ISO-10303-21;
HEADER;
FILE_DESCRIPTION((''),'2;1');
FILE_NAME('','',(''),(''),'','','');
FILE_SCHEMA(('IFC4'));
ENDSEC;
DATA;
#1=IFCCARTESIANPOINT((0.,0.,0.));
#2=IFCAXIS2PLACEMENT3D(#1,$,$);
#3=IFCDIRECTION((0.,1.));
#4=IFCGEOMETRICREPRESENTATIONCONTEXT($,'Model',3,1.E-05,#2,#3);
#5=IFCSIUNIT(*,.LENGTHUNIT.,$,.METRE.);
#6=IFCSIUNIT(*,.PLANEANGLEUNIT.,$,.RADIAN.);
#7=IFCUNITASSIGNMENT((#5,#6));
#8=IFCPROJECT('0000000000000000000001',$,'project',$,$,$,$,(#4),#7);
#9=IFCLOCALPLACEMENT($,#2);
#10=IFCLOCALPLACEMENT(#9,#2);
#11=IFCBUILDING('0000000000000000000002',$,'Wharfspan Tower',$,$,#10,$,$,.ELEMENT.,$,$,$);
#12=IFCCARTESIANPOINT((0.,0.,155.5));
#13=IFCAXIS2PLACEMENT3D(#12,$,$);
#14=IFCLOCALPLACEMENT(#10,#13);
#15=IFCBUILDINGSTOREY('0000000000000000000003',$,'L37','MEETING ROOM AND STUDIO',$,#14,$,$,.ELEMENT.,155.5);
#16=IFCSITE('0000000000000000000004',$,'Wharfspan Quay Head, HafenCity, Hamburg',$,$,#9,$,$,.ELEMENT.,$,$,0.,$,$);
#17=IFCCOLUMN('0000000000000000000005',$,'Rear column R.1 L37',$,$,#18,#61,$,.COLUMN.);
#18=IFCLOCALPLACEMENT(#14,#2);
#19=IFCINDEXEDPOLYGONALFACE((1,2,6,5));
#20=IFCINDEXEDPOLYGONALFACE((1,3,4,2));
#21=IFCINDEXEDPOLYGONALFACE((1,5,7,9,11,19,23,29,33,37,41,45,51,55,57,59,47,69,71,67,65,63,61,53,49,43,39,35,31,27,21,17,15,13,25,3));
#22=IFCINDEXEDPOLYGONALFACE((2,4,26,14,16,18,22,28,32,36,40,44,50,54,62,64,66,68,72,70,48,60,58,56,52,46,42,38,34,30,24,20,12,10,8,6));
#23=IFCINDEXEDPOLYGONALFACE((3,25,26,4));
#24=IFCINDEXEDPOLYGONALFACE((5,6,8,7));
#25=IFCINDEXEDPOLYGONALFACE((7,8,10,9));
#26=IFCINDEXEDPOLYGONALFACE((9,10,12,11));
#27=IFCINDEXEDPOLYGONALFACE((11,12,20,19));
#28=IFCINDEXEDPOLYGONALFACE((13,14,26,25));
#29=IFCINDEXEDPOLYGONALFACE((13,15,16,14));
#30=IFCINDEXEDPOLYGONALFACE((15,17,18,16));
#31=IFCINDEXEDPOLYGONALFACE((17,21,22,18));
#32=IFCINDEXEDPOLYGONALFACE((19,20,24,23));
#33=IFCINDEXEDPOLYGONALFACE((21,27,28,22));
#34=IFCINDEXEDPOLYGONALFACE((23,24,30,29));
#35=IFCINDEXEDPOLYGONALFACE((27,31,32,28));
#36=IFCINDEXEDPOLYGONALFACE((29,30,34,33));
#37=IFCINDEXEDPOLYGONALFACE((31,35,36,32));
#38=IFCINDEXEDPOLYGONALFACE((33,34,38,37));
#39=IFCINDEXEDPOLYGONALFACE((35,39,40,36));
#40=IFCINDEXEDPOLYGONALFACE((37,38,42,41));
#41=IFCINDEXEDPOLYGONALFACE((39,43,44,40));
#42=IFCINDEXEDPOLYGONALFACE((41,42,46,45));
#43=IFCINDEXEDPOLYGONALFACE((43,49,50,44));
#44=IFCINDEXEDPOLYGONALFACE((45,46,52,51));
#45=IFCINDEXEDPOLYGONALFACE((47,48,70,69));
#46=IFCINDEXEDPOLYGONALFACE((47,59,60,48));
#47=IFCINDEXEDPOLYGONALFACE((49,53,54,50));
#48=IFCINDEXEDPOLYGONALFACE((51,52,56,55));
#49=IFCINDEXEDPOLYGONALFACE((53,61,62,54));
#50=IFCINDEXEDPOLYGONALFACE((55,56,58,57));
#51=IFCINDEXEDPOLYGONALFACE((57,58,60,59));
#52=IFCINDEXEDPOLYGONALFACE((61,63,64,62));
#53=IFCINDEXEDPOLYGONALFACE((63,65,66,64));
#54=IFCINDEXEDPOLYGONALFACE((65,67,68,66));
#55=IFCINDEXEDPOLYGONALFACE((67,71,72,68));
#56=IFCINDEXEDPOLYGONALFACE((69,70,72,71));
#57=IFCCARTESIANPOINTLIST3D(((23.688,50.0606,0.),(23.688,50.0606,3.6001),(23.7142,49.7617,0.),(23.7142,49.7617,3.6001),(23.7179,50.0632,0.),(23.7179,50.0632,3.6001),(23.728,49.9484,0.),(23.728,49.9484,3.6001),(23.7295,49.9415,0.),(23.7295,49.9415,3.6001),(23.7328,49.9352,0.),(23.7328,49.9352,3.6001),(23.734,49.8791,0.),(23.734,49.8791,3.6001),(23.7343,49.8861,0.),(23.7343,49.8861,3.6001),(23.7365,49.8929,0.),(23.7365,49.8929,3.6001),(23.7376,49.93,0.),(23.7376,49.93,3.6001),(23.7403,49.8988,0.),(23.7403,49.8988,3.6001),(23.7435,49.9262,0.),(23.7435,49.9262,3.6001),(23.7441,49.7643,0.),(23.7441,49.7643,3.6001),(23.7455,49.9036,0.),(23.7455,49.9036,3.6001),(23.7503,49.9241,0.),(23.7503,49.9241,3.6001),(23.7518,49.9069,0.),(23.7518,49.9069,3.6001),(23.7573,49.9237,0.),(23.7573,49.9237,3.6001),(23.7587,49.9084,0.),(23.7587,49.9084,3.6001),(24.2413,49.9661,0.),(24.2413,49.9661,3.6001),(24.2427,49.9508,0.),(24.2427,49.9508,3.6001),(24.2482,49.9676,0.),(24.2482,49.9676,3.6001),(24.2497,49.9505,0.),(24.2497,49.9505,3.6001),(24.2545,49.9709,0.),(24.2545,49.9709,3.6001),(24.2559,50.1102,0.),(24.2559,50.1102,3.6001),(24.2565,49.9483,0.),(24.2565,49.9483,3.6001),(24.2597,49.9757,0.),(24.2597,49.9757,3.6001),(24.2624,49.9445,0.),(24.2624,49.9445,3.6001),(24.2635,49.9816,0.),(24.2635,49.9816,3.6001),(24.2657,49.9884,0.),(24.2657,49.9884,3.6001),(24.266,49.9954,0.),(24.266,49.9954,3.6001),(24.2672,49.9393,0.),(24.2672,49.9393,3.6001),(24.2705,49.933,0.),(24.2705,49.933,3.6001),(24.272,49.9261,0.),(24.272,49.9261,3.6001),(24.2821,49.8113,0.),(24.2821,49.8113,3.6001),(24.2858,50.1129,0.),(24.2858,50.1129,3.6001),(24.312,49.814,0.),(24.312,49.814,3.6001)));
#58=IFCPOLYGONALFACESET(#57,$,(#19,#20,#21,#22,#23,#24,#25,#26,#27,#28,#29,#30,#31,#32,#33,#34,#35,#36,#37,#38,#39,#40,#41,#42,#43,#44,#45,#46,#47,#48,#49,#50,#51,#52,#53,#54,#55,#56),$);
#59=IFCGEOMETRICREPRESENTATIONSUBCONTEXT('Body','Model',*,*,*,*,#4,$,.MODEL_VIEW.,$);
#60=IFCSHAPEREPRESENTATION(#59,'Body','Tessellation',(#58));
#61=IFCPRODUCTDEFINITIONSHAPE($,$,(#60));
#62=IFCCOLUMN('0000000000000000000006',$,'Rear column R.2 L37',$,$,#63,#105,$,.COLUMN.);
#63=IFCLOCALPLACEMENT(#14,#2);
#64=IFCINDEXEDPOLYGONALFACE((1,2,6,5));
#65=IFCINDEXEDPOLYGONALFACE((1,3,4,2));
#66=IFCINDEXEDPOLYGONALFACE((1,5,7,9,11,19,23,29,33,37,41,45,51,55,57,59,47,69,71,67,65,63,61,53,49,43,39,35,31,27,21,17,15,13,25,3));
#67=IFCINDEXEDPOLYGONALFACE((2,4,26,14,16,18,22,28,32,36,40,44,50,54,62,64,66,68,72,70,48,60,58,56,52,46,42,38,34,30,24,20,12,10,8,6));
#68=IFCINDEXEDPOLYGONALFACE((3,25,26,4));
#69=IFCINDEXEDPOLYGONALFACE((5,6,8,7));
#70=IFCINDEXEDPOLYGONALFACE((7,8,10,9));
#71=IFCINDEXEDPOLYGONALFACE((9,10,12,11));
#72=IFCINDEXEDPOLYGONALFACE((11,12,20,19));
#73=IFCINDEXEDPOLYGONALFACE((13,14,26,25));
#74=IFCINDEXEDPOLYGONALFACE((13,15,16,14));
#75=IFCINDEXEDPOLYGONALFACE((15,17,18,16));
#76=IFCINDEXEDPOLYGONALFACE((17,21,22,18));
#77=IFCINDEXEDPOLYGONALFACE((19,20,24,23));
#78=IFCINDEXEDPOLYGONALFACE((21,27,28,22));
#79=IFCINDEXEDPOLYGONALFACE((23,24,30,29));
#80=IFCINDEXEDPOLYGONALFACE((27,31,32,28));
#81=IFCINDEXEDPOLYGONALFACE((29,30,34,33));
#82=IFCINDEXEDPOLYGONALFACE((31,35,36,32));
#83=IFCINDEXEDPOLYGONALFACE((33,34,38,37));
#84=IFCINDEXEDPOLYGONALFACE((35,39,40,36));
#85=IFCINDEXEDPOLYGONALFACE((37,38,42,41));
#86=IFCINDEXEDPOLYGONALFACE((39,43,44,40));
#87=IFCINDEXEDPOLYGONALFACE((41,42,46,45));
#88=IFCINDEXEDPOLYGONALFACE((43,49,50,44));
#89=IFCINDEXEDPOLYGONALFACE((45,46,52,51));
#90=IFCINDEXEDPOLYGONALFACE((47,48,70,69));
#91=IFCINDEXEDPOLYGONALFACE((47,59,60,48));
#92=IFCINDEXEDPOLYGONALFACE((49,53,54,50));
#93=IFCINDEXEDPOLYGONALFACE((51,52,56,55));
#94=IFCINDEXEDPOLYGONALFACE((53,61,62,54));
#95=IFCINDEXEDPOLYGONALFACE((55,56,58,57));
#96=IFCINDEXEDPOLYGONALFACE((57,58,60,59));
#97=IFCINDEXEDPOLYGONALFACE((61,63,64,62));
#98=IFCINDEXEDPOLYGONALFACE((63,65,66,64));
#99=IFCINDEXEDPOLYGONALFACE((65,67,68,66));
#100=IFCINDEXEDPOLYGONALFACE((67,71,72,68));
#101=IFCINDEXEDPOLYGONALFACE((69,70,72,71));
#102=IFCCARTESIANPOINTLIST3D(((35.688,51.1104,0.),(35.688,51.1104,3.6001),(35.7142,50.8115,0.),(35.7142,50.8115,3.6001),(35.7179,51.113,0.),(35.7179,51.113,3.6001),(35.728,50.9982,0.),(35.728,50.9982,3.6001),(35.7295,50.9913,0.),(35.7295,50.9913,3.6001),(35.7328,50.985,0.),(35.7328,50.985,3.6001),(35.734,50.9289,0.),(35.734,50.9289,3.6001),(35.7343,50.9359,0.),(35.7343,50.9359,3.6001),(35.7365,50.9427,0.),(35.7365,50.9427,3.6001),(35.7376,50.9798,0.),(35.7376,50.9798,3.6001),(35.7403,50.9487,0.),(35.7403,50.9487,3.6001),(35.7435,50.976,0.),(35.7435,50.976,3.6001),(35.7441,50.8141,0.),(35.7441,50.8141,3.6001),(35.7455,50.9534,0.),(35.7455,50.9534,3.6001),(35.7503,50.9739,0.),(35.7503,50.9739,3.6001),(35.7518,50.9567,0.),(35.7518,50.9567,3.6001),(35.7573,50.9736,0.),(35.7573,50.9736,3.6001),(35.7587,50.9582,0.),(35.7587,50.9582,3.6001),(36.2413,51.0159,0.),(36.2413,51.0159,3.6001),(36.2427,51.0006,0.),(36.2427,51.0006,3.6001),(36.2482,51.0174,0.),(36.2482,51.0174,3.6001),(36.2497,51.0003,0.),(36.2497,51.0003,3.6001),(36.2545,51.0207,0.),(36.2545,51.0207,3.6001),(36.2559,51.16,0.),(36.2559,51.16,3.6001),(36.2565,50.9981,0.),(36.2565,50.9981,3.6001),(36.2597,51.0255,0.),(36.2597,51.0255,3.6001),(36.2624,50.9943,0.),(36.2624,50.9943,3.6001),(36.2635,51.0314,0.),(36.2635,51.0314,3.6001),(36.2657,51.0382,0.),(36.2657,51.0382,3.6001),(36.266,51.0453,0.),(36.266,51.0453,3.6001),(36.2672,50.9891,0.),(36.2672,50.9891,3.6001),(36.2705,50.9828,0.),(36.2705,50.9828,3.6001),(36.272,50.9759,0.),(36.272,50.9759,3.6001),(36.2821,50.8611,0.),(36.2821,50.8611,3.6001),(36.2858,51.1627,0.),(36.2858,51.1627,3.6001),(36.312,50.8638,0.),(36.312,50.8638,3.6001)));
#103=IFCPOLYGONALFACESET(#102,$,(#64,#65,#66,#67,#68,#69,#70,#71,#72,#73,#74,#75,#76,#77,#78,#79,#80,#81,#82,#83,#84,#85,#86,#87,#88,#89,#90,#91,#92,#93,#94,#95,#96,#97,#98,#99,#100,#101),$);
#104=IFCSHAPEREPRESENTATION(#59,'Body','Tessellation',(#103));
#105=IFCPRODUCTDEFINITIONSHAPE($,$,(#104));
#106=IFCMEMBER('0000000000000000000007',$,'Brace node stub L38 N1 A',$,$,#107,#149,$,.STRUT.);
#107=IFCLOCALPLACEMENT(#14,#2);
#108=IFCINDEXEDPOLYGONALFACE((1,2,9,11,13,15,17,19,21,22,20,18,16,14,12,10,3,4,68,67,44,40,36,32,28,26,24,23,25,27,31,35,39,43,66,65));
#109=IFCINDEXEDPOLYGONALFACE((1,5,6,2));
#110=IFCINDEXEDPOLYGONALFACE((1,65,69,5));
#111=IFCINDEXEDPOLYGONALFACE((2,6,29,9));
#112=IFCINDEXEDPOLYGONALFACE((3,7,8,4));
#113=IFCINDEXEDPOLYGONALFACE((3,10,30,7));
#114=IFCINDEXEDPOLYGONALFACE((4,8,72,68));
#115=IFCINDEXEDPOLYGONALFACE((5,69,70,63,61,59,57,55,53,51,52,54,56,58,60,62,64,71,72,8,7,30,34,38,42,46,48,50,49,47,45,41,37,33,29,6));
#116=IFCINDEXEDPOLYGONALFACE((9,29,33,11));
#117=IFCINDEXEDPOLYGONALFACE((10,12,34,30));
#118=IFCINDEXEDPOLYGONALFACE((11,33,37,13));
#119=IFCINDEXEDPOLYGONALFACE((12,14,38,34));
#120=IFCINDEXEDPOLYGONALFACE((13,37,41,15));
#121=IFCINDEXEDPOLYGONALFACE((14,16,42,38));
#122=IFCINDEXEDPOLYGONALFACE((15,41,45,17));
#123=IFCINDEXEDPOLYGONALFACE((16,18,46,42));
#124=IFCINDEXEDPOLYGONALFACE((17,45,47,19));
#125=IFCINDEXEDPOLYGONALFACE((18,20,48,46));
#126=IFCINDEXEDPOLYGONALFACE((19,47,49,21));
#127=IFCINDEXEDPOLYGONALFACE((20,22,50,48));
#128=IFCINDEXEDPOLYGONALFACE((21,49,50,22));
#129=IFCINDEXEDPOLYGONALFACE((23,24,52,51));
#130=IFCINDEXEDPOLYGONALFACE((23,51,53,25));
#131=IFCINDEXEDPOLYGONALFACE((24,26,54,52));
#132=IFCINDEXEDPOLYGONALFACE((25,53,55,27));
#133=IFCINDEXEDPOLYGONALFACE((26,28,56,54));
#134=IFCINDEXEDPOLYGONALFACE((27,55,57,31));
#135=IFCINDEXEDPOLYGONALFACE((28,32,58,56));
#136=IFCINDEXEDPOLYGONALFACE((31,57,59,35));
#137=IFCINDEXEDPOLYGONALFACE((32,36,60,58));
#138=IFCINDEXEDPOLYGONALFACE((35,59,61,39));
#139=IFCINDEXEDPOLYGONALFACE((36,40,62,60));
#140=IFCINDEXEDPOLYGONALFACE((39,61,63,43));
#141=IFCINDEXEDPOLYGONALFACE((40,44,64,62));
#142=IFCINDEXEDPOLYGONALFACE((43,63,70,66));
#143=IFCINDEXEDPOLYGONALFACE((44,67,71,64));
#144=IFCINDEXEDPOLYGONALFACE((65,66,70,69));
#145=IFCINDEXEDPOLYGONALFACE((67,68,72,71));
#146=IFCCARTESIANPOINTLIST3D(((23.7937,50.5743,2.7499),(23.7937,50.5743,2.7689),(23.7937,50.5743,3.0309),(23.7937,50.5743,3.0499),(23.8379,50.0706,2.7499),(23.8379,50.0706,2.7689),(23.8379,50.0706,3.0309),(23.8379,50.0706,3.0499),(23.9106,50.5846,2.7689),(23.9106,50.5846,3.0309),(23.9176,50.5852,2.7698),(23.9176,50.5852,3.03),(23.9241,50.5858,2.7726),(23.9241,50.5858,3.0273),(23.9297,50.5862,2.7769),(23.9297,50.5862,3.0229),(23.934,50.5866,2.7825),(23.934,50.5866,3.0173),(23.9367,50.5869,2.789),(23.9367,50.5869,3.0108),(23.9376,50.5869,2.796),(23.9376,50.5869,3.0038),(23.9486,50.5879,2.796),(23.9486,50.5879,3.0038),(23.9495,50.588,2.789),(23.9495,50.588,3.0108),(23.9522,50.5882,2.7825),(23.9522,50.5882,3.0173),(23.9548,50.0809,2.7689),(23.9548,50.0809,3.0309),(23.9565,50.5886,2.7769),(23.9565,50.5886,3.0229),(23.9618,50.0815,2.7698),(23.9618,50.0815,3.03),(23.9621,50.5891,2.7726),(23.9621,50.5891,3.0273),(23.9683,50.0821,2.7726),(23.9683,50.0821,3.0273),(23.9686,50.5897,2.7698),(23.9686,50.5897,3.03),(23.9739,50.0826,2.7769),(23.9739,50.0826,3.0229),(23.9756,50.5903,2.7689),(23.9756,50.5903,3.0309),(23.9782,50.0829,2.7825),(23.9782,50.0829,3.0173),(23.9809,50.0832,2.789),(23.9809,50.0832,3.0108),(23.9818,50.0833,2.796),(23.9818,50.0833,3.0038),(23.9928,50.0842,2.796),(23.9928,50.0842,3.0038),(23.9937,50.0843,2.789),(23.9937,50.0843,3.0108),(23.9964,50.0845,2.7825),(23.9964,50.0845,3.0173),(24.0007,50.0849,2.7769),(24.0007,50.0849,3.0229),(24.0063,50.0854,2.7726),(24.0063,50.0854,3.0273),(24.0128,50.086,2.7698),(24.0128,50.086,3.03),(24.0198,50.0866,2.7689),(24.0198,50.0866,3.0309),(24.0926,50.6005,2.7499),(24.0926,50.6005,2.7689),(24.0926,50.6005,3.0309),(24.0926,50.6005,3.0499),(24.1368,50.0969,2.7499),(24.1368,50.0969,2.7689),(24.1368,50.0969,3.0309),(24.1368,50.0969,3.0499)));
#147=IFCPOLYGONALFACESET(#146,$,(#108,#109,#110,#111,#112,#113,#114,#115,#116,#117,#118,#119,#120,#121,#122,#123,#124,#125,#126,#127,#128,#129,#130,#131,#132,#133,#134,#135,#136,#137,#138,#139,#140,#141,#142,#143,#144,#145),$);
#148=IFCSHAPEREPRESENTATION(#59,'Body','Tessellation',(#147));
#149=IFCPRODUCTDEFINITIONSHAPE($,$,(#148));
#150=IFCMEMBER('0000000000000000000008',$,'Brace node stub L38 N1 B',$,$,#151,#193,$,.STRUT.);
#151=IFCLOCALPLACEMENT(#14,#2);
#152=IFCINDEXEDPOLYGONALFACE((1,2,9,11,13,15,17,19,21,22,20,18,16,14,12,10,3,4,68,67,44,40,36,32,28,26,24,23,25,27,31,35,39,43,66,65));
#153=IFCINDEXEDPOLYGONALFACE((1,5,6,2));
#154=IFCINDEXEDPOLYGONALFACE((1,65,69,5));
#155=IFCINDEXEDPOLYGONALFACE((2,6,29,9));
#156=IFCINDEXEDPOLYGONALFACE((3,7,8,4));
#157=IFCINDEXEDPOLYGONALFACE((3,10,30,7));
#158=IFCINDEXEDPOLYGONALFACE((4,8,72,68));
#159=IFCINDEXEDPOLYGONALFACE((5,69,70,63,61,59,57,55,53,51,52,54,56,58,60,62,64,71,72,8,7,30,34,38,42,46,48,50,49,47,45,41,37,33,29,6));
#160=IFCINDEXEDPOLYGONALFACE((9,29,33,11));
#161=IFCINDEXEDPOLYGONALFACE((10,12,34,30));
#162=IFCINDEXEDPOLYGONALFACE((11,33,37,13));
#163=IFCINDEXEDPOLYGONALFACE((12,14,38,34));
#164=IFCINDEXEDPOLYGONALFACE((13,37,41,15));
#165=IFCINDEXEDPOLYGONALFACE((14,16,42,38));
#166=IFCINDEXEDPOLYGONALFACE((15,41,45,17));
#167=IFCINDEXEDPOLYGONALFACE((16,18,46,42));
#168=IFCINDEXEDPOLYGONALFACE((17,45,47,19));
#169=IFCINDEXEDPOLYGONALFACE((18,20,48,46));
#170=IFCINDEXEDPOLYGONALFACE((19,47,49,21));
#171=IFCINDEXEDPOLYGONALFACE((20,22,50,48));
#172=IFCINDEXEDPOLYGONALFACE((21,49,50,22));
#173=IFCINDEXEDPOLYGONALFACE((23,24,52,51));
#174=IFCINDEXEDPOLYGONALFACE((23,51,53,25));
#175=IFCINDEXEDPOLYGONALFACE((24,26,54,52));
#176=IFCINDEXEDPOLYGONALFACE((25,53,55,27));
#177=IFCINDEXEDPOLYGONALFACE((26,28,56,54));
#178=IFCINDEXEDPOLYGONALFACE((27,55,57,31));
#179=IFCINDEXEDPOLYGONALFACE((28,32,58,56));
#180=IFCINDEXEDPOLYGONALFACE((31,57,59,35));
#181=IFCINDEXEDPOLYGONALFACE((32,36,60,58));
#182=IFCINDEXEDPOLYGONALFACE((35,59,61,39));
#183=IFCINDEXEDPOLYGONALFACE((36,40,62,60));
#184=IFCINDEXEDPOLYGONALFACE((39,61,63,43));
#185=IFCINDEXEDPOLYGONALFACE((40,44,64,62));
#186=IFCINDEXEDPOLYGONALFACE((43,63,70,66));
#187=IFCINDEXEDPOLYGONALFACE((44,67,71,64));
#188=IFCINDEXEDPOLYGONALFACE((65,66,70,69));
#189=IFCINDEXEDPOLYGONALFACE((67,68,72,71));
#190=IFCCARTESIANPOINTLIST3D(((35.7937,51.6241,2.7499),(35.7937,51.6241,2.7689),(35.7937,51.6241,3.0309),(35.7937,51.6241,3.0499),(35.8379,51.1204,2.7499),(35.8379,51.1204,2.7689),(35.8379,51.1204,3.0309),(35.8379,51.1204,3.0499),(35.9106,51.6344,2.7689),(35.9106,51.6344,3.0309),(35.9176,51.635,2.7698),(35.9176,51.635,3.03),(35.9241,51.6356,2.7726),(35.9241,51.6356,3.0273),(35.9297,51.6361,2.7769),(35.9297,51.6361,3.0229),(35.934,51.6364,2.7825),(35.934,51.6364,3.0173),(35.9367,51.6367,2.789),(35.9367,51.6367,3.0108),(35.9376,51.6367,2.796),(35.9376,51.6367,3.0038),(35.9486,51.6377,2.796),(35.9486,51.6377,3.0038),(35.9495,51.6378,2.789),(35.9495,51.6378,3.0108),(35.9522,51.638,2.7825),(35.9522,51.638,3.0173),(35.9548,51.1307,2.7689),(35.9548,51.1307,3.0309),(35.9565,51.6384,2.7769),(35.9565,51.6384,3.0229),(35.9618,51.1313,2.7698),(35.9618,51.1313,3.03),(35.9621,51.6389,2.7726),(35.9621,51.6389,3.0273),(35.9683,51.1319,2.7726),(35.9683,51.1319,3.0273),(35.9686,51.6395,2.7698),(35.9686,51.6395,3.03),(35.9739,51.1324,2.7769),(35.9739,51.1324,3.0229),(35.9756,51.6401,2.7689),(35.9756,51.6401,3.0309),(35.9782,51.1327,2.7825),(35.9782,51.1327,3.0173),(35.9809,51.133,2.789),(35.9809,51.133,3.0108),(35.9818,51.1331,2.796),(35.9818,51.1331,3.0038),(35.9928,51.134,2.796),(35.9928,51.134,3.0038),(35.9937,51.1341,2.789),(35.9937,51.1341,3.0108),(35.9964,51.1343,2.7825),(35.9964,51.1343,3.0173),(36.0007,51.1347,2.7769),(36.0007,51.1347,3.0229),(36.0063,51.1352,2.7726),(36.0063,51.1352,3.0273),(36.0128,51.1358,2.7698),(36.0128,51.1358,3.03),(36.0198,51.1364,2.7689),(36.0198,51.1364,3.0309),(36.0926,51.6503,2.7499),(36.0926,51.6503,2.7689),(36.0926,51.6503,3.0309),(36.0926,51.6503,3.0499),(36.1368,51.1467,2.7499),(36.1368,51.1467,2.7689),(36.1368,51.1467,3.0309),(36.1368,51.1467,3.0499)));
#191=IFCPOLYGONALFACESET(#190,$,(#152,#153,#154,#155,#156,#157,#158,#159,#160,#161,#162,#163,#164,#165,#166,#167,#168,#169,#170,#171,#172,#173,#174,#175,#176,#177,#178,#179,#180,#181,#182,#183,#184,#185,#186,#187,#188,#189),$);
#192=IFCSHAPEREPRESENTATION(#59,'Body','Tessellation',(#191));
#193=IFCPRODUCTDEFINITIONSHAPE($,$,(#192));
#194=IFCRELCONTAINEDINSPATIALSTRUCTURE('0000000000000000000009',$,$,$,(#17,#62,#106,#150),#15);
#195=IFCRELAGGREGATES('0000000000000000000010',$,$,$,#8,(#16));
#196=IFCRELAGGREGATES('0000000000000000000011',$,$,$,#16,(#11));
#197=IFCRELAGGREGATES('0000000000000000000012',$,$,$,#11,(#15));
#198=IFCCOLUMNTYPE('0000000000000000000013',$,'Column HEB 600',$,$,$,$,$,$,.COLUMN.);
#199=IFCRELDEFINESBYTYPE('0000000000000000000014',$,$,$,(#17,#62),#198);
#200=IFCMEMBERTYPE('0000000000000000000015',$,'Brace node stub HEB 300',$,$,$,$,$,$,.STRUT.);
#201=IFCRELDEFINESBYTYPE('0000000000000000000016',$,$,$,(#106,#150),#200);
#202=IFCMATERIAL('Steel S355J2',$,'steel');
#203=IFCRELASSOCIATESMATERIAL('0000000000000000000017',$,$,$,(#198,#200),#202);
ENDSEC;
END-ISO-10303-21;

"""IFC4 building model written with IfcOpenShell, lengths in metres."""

from ifc_helpers import new_model, si_unit, direction, frame, origin, origin_2d, place, context, subcontext, project, spatial, i_section, extrude, material, material_profile, profile_set, type_object, element, save


model = new_model("IFC4")

# Units and contexts
model_context = context("Model", 3, precision=1e-05, world=origin(), true_north=direction((0.0, 1.0)))
body_context = subcontext(model_context, "Body", "Model", "MODEL_VIEW")
ifc_project = project(units=[si_unit("LENGTHUNIT", "METRE"), si_unit("PLANEANGLEUNIT", "RADIAN")], contexts=[model_context])

# Site, building, storey
site_placement = place(None, origin())
site = spatial("IfcSite", under=ifc_project, at=site_placement, Name="Wharfspan Quay Head, HafenCity, Hamburg", CompositionType="ELEMENT", RefElevation=0.0)
building_placement = place(site_placement, origin())
building = spatial("IfcBuilding", under=site, at=building_placement, Name="Wharfspan Tower", CompositionType="ELEMENT")
storey_placement = place(building_placement, frame((0.0, 0.0, 155.5)))
storey = spatial("IfcBuildingStorey", under=building, at=storey_placement, Name="L37", Description="MEETING ROOM AND STUDIO", CompositionType="ELEMENT", Elevation=155.5)

# Columns
ifc_material_1 = material(Name="Steel S355J2", Category="steel")
ifc_material_profile_1 = material_profile(ifc_material_1, i_section(OverallWidth=0.3, OverallDepth=0.6001, WebThickness=0.0154, FlangeThickness=0.03, FilletRadius=0.0271, at=origin_2d()))
ifc_profile_set_1 = profile_set([ifc_material_profile_1], Name="Steel S355J2")
column_type = type_object("IfcColumnType", Name="Column HEB 600", PredefinedType="COLUMN", material=ifc_profile_set_1)
for number, where, z_axis, x_axis, name in (
    (1, (24.0, 49.9373, 0.0), (0.0, 0.0, 1.0), (-0.087156, 0.996198, 0.0), "Rear column R.1 L37"),
    (2, (36.0, 50.9871, 0.0), (0.0, 0.0, 1.0), (-0.087156, 0.996198, 0.0), "Rear column R.2 L37"),
):
    element("IfcColumn", number, at=place(storey_placement, frame(where, z_axis=z_axis, x_axis=x_axis)), inside=storey, type_object=column_type, Name=name, PredefinedType="COLUMN", context=body_context, shape_type="SweptSolid", body=[
        extrude(i_section(OverallWidth=0.3, OverallDepth=0.6001, WebThickness=0.0154, FlangeThickness=0.03, FilletRadius=0.0271, at=origin_2d()), origin(), (0.0, 0.0, 1.0), 3.6001),
    ])

# Members
ifc_material_profile_2 = material_profile(ifc_material_1, i_section(OverallWidth=0.3, OverallDepth=0.3, WebThickness=0.011, FlangeThickness=0.019, FilletRadius=0.0271, at=origin_2d()))
ifc_profile_set_2 = profile_set([ifc_material_profile_2], Name="Steel S355J2")
member_type_1 = type_object("IfcMemberType", Name="Brace node stub HEB 300", PredefinedType="STRUT", material=ifc_profile_set_2)
for number, where, z_axis, x_axis, name in (
    (3, (23.9873, 50.0837, 2.8999), (-0.087401, 0.996173, 0.0), (-0.996173, -0.087401, 0.0), "Brace node stub L38 N1 A"),
    (4, (35.9873, 51.1335, 2.8999), (-0.087401, 0.996173, 0.0), (-0.996173, -0.087401, 0.0), "Brace node stub L38 N1 B"),
):
    element("IfcMember", number, at=place(storey_placement, frame(where, z_axis=z_axis, x_axis=x_axis)), inside=storey, type_object=member_type_1, Name=name, PredefinedType="STRUT", context=body_context, shape_type="SweptSolid", body=[
        extrude(i_section(OverallWidth=0.3, OverallDepth=0.3, WebThickness=0.011, FlangeThickness=0.019, FilletRadius=0.0271, at=origin_2d()), origin(), (0.0, 0.0, 1.0), 0.5056),
    ])

save(model, "model.ifc")
